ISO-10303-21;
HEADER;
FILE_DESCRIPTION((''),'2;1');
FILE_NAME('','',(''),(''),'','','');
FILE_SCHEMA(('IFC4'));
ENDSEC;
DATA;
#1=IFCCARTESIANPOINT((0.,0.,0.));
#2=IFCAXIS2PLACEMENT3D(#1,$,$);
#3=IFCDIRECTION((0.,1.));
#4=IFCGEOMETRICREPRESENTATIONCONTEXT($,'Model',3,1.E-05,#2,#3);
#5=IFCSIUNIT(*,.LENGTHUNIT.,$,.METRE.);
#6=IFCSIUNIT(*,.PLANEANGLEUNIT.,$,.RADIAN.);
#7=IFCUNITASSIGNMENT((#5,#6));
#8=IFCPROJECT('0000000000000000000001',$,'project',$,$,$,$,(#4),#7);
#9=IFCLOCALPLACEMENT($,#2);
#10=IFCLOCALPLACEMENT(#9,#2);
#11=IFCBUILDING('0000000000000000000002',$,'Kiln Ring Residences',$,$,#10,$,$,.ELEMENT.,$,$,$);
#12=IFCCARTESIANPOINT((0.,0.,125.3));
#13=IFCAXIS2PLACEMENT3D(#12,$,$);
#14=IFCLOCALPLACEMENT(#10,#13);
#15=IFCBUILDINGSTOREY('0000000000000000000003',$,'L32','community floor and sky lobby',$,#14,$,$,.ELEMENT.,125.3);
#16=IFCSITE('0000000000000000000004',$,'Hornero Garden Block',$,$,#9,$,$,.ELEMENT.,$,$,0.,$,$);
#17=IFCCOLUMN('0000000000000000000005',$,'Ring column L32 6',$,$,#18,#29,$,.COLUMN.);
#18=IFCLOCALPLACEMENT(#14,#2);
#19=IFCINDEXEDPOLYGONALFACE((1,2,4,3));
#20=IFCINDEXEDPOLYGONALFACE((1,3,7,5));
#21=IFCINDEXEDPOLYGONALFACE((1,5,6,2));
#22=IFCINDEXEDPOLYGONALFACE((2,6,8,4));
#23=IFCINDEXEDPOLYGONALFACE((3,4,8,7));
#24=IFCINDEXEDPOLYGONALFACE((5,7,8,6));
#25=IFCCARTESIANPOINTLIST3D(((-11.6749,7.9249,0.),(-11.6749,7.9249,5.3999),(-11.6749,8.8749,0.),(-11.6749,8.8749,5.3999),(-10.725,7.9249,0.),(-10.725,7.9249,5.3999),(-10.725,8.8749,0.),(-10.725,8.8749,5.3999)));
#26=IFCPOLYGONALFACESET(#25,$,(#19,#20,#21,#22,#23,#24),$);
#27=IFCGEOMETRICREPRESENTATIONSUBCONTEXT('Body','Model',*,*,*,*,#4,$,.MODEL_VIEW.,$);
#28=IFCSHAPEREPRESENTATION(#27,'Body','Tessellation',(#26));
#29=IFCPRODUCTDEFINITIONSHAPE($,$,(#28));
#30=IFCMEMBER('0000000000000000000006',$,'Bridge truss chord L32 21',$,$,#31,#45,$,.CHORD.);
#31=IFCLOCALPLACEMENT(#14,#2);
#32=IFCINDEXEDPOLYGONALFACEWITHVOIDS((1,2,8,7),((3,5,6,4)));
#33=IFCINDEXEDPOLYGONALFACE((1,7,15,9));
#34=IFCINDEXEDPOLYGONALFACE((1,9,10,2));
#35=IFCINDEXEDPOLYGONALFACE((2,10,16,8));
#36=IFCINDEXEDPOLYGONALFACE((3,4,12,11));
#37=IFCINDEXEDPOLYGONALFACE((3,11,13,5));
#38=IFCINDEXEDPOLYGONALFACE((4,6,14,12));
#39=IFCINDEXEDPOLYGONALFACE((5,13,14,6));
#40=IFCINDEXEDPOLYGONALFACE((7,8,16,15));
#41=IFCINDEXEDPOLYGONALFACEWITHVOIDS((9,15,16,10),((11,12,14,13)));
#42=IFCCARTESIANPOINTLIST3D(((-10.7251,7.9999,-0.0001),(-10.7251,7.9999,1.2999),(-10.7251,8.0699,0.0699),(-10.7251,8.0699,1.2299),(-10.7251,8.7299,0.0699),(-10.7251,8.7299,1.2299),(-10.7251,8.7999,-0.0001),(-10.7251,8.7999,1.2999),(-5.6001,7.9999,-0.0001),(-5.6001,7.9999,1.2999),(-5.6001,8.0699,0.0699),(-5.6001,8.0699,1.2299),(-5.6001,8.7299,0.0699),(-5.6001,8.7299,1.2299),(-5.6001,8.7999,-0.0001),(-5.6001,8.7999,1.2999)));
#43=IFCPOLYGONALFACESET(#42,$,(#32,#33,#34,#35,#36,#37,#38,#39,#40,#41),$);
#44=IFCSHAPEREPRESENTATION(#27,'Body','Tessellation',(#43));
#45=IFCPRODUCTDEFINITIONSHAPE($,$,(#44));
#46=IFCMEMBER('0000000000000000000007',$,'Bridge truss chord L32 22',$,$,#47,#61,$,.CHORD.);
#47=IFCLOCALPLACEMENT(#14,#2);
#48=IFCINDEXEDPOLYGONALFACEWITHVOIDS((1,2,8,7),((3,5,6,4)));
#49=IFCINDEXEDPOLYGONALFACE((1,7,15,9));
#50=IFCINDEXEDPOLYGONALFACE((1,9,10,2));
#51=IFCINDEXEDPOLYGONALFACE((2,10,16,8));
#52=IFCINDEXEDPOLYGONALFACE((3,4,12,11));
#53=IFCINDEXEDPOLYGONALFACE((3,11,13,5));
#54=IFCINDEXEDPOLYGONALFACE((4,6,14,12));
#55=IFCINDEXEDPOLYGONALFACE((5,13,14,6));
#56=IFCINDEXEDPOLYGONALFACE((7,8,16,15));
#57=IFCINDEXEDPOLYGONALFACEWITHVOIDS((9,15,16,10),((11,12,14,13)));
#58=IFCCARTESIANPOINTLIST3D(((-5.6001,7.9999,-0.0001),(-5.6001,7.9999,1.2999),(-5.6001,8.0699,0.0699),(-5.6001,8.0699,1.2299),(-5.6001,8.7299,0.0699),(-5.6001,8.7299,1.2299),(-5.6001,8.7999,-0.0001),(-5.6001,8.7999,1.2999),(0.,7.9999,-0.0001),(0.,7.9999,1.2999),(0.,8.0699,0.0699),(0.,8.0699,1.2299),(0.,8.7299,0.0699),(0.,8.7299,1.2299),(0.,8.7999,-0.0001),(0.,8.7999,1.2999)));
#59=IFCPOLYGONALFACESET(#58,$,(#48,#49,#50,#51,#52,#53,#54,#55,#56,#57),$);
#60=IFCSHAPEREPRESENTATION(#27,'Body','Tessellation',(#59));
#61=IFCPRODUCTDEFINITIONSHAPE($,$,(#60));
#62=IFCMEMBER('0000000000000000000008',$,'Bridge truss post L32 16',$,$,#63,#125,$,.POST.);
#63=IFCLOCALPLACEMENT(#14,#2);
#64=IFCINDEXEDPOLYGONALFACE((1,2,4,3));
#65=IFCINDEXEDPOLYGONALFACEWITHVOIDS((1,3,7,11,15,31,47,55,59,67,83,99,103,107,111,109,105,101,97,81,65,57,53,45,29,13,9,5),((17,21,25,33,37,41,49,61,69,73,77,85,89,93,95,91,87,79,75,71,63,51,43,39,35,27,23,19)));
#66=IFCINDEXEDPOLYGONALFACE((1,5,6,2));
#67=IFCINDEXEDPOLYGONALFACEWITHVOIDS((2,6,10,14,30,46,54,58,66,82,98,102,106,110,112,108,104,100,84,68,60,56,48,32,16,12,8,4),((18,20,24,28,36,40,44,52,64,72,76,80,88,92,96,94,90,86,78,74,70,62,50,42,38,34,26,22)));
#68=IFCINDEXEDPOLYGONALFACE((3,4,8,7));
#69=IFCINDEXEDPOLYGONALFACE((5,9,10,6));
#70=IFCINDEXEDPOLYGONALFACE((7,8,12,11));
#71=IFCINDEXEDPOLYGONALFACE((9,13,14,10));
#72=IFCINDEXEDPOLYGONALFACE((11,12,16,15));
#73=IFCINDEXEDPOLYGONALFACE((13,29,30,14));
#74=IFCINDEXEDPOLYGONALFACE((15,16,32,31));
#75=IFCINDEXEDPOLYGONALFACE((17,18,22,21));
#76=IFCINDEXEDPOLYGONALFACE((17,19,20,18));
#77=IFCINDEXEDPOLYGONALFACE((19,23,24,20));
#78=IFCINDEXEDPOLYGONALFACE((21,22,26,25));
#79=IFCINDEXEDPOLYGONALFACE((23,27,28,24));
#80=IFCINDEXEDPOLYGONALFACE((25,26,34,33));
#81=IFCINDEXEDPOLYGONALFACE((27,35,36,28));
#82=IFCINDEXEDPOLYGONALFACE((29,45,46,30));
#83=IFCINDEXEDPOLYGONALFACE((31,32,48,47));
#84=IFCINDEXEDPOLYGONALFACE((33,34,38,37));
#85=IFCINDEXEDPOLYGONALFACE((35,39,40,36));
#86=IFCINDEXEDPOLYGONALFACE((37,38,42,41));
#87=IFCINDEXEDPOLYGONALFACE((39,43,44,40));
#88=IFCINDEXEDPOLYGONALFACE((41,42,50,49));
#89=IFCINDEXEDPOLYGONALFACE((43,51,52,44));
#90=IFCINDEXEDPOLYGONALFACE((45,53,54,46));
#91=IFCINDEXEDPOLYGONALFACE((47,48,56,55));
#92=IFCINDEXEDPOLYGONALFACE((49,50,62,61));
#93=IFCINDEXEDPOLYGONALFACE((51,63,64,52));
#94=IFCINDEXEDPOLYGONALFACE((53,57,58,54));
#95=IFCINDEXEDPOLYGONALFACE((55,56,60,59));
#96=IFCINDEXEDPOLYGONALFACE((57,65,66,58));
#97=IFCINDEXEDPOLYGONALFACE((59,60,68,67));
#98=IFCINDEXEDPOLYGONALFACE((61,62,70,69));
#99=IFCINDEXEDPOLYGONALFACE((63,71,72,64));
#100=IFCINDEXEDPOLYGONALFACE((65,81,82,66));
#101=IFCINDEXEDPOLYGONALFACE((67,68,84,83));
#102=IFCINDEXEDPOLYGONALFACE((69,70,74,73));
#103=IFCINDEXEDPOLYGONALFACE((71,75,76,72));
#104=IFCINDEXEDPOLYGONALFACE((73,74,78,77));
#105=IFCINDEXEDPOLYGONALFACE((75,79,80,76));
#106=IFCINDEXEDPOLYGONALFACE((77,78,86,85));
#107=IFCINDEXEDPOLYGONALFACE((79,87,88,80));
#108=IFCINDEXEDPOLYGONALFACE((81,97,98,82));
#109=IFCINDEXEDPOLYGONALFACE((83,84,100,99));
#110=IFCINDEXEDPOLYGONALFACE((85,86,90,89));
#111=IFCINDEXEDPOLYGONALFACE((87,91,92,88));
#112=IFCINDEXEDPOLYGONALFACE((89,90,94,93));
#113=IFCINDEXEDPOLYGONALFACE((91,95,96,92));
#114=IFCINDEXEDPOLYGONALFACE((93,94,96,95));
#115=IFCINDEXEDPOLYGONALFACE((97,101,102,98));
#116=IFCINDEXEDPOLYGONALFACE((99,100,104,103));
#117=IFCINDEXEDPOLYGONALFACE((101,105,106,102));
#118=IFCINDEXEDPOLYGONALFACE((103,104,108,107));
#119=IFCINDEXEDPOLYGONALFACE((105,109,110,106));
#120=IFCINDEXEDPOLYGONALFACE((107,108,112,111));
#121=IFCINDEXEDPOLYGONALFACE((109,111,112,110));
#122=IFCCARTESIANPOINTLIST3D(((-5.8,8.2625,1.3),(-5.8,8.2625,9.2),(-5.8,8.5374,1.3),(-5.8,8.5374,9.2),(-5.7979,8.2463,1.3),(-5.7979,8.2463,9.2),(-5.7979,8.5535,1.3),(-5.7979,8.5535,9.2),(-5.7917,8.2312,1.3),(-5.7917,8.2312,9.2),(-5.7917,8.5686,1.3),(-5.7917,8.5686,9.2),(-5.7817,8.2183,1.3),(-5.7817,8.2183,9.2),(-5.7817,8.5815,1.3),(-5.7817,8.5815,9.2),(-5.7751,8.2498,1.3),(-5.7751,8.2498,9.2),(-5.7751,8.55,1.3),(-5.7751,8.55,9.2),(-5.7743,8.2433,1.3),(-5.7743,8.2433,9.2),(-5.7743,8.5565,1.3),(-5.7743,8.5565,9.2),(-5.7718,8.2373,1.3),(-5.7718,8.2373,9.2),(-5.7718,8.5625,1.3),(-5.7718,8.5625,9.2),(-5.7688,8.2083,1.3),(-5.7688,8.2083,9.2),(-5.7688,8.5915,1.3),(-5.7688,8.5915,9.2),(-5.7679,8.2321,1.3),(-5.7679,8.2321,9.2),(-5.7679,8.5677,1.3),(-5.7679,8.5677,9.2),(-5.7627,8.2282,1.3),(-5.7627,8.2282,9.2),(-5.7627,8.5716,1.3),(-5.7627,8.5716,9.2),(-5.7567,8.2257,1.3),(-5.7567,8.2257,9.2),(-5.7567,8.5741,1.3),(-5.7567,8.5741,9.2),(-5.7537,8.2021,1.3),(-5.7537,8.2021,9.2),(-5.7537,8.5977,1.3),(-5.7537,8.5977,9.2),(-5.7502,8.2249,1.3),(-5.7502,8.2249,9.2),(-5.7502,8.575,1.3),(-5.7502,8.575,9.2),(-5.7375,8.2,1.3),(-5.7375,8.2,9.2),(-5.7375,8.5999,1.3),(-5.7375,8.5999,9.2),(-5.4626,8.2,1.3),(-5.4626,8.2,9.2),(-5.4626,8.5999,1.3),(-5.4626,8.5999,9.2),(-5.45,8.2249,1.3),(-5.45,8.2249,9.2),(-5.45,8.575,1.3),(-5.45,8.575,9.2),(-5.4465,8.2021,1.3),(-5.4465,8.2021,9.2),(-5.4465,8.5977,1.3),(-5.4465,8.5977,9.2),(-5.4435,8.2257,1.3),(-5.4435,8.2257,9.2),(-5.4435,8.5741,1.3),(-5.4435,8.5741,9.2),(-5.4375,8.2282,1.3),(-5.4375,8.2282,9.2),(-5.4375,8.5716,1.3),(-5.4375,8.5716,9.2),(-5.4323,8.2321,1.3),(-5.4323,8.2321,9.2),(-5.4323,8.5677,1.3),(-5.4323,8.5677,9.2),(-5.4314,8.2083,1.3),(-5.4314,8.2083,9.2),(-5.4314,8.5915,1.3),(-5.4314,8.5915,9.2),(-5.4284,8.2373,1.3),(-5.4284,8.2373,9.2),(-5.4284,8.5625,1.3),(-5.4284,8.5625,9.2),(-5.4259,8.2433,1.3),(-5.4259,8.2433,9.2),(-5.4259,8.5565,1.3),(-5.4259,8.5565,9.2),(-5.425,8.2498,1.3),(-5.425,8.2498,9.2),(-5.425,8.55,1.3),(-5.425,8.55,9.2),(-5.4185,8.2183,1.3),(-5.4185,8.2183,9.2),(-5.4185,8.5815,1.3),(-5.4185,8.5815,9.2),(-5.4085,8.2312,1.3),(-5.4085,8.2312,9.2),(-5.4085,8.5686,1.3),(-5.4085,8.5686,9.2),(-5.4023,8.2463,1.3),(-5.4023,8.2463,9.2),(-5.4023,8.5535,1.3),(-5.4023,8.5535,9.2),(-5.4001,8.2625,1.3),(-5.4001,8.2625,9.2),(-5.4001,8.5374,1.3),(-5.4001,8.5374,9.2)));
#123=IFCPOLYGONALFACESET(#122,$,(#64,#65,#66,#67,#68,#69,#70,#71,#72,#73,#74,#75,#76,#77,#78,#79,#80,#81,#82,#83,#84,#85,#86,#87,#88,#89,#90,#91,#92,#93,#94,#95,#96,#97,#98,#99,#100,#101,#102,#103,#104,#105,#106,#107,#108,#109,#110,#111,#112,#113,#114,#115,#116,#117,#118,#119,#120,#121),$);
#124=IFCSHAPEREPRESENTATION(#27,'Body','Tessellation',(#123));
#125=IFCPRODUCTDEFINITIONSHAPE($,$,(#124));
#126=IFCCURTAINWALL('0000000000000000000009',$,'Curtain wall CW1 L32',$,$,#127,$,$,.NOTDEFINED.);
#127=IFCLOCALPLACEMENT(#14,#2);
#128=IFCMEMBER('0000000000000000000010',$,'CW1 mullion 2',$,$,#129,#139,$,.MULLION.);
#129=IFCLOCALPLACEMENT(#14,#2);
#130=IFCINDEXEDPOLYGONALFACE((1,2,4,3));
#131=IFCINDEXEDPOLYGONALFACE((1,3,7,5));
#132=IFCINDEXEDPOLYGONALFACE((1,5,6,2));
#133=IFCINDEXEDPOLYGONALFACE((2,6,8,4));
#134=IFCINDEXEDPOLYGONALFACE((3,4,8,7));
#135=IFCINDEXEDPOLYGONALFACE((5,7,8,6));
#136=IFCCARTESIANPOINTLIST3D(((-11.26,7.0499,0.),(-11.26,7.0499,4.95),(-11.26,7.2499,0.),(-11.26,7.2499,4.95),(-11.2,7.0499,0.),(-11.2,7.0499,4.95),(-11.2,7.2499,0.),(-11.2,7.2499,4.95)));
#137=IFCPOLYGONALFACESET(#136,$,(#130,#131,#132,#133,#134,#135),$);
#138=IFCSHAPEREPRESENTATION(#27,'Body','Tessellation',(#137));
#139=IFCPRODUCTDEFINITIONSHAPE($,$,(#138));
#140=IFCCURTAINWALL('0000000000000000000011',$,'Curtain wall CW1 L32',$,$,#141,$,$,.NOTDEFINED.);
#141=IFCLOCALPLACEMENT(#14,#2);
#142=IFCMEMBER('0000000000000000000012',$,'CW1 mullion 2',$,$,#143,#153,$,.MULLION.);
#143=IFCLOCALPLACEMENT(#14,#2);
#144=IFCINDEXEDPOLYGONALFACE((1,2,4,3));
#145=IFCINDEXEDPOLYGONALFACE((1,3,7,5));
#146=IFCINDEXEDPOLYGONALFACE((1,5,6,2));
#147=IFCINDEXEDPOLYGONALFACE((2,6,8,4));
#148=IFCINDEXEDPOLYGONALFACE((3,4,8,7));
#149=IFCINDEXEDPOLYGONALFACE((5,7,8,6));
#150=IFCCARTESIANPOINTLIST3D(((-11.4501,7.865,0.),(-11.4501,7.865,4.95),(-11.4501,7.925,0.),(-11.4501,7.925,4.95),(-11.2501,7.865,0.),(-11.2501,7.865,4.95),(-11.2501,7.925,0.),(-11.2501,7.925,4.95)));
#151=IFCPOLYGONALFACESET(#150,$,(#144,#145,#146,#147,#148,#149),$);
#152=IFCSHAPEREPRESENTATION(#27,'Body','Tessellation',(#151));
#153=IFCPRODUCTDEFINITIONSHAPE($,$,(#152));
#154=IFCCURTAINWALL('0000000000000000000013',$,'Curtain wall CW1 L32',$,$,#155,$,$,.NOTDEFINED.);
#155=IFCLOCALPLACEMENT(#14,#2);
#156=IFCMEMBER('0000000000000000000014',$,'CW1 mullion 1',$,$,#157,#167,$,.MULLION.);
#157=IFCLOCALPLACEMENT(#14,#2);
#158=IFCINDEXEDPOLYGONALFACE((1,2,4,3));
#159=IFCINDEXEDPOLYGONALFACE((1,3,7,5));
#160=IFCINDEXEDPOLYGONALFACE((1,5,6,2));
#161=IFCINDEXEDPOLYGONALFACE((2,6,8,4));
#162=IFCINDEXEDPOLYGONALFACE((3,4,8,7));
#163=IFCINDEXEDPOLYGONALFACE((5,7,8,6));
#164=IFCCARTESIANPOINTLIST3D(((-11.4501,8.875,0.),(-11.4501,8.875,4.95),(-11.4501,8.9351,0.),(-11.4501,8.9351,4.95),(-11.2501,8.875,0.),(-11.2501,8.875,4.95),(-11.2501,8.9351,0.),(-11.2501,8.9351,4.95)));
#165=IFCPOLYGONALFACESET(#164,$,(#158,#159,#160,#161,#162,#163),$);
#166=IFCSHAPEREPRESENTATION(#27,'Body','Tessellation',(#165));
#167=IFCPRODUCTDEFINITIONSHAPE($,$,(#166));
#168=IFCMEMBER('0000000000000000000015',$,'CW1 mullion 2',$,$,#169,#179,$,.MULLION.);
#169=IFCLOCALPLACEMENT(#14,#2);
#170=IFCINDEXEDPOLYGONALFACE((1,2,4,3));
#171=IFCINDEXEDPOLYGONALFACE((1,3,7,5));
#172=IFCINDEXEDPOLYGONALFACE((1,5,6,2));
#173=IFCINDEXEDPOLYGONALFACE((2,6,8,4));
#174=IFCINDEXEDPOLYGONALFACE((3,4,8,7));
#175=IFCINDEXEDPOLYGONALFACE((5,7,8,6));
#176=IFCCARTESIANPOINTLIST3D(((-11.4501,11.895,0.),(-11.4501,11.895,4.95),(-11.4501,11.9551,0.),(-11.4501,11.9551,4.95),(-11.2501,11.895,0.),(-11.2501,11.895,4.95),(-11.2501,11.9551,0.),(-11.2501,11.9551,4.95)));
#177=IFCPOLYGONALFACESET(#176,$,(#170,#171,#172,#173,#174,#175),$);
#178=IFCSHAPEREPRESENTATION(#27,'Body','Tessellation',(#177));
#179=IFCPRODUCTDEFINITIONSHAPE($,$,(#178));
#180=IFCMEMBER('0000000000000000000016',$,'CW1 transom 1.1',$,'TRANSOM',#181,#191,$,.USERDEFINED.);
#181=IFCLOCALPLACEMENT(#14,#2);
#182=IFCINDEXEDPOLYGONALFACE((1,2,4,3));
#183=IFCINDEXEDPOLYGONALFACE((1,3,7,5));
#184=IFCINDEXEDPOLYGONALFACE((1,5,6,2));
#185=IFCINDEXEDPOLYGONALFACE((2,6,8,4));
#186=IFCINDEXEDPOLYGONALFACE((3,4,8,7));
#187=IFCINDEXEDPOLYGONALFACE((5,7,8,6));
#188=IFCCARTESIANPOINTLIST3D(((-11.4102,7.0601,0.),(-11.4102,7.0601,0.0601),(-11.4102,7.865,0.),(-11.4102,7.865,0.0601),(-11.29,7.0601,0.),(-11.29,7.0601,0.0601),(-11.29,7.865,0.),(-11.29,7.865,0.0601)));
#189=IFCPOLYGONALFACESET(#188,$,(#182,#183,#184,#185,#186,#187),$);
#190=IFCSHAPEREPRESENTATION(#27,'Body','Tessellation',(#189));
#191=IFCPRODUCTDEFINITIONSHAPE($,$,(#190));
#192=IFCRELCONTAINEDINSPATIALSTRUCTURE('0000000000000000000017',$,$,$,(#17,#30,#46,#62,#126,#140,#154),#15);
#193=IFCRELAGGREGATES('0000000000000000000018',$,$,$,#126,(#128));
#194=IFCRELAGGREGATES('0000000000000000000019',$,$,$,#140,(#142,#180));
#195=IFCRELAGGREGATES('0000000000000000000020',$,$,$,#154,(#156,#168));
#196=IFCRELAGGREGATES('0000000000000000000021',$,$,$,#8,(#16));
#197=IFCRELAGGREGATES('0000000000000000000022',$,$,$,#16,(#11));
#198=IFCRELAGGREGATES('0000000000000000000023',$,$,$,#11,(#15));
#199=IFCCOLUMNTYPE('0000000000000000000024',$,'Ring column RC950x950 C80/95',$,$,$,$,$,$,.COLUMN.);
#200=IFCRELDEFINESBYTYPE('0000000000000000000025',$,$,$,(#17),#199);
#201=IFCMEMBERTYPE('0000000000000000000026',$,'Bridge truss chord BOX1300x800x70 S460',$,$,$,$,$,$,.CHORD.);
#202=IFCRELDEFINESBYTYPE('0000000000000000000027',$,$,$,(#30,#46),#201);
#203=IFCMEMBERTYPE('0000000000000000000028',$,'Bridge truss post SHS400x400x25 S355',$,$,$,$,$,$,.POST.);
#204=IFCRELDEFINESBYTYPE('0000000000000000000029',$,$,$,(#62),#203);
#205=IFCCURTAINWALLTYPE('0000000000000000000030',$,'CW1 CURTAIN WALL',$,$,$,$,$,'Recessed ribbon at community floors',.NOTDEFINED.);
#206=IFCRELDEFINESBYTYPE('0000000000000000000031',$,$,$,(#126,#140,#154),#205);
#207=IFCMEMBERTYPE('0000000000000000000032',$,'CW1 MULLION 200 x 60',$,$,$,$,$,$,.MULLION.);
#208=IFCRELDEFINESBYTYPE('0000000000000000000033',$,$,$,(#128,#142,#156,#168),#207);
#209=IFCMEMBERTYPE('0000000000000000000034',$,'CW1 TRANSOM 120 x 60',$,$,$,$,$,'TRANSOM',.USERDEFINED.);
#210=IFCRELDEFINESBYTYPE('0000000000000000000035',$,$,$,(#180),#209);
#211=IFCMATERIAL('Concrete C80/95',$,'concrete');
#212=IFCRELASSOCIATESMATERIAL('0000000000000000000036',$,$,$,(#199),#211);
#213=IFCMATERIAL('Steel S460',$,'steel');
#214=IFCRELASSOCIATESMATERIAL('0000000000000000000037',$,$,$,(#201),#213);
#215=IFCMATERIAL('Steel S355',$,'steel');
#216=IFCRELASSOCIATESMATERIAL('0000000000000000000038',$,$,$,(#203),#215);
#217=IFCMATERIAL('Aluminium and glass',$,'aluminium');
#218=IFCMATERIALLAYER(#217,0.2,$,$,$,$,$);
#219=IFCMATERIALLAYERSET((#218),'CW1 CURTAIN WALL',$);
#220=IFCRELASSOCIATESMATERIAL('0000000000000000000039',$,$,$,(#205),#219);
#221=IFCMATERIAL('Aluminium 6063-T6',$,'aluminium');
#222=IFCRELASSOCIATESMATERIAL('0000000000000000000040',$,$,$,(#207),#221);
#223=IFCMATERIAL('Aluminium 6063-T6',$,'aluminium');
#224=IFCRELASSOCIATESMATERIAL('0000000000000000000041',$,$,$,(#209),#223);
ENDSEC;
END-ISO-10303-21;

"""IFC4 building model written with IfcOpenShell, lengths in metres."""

from ifc_helpers import new_model, si_unit, direction, frame, origin, origin_2d, place, context, subcontext, project, spatial, rectangle, hollow_rectangle, extrude, material, layer, layer_set, material_profile, profile_set, type_object, element, aggregate, save


model = new_model("IFC4")

# Units and contexts
model_context = context("Model", 3, precision=1e-05, world=origin(), true_north=direction((0.0, 1.0)))
body_context = subcontext(model_context, "Body", "Model", "MODEL_VIEW")
ifc_project = project(units=[si_unit("LENGTHUNIT", "METRE"), si_unit("PLANEANGLEUNIT", "RADIAN")], contexts=[model_context])

# Site, building, storey
site_placement = place(None, origin())
site = spatial("IfcSite", under=ifc_project, at=site_placement, Name="Hornero Garden Block", CompositionType="ELEMENT", RefElevation=0.0)
building_placement = place(site_placement, origin())
building = spatial("IfcBuilding", under=site, at=building_placement, Name="Kiln Ring Residences", CompositionType="ELEMENT")
storey_placement = place(building_placement, frame((0.0, 0.0, 125.3)))
storey = spatial("IfcBuildingStorey", under=building, at=storey_placement, Name="L32", Description="community floor and sky lobby", CompositionType="ELEMENT", Elevation=125.3)

# Column
ifc_material_1 = material(Name="Concrete C80/95", Category="concrete")
ifc_material_profile_1 = material_profile(ifc_material_1, rectangle(XDim=0.95, YDim=0.95, at=origin_2d()), Name="RC950x950")
ifc_profile_set_1 = profile_set([ifc_material_profile_1], Name="Concrete C80/95")
column_type = type_object("IfcColumnType", Name="Ring column RC950x950 C80/95", PredefinedType="COLUMN", material=ifc_profile_set_1)
column_placement = place(storey_placement, frame((-11.2, 8.3999, 0.0), z_axis=(0.0, 0.0, 1.0), x_axis=(1.0, 0.0, 0.0)))
element("IfcColumn", 1, at=column_placement, inside=storey, type_object=column_type, Name="Ring column L32 6", PredefinedType="COLUMN", context=body_context, shape_type="SweptSolid", body=[
    extrude(rectangle(XDim=0.95, YDim=0.95, at=origin_2d()), origin(), (0.0, 0.0, 1.0), 5.3999),
])

# Members
ifc_material_2 = material(Name="Steel S460", Category="steel")
ifc_material_profile_2 = material_profile(ifc_material_2, hollow_rectangle(XDim=0.8, YDim=1.3, WallThickness=0.0701, at=origin_2d()), Name="BOX1300x800x70")
ifc_profile_set_2 = profile_set([ifc_material_profile_2], Name="Steel S460")
member_type_1 = type_object("IfcMemberType", Name="Bridge truss chord BOX1300x800x70 S460", PredefinedType="CHORD", material=ifc_profile_set_2)
member_1_placement = place(storey_placement, frame((-10.7251, 8.3999, 0.6499), z_axis=(1.0, 0.0, 0.0), x_axis=(0.0, 1.0, 0.0)))
element("IfcMember", 2, at=member_1_placement, inside=storey, type_object=member_type_1, Name="Bridge truss chord L32 21", PredefinedType="CHORD", context=body_context, shape_type="SweptSolid", body=[
    extrude(hollow_rectangle(XDim=0.8, YDim=1.3, WallThickness=0.0701, at=origin_2d()), origin(), (0.0, 0.0, 1.0), 5.125),
])
member_2_placement = place(storey_placement, frame((-5.6001, 8.3999, 0.6499), z_axis=(1.0, 0.0, 0.0), x_axis=(0.0, 1.0, 0.0)))
element("IfcMember", 3, at=member_2_placement, inside=storey, type_object=member_type_1, Name="Bridge truss chord L32 22", PredefinedType="CHORD", context=body_context, shape_type="SweptSolid", body=[
    extrude(hollow_rectangle(XDim=0.8, YDim=1.3, WallThickness=0.0701, at=origin_2d()), origin(), (0.0, 0.0, 1.0), 5.6001),
])
ifc_material_3 = material(Name="Steel S355", Category="steel")
ifc_material_profile_3 = material_profile(ifc_material_3, hollow_rectangle(XDim=0.3999, YDim=0.3999, WallThickness=0.0249, InnerFilletRadius=0.0249, OuterFilletRadius=0.0625, at=origin_2d()), Name="SHS400x400x25")
ifc_profile_set_3 = profile_set([ifc_material_profile_3], Name="Steel S355")
member_type_2 = type_object("IfcMemberType", Name="Bridge truss post SHS400x400x25 S355", PredefinedType="POST", material=ifc_profile_set_3)
member_3_placement = place(storey_placement, frame((-5.6001, 8.3999, 1.3), z_axis=(0.0, 0.0, 1.0), x_axis=(1.0, 0.0, 0.0)))
element("IfcMember", 4, at=member_3_placement, inside=storey, type_object=member_type_2, Name="Bridge truss post L32 16", PredefinedType="POST", context=body_context, shape_type="SweptSolid", body=[
    extrude(hollow_rectangle(XDim=0.3999, YDim=0.3999, WallThickness=0.0249, InnerFilletRadius=0.0249, OuterFilletRadius=0.0625, at=origin_2d()), origin(), (0.0, 0.0, 1.0), 7.8999),
])

# Curtain walls, members
ifc_material_4 = material(Name="Aluminium and glass", Category="aluminium")
ifc_layer_1 = layer(ifc_material_4, 0.2)
ifc_layer_set_1 = layer_set([ifc_layer_1], Name="CW1 CURTAIN WALL")
curtain_wall_type = type_object("IfcCurtainWallType", Name="CW1 CURTAIN WALL", ElementType="Recessed ribbon at community floors", PredefinedType="NOTDEFINED", material=ifc_layer_set_1)
placement_1 = place(storey_placement, origin())
curtain_wall_1 = element("IfcCurtainWall", 5, at=placement_1, inside=storey, type_object=curtain_wall_type, Name="Curtain wall CW1 L32", PredefinedType="NOTDEFINED")
ifc_material_5 = material(Name="Aluminium 6063-T6", Category="aluminium")
ifc_material_profile_4 = material_profile(ifc_material_5, rectangle(XDim=0.2, YDim=0.0601, at=origin_2d()), Name="AL 200x60")
ifc_profile_set_4 = profile_set([ifc_material_profile_4], Name="Aluminium 6063-T6")
member_type_3 = type_object("IfcMemberType", Name="CW1 MULLION 200 x 60", PredefinedType="MULLION", material=ifc_profile_set_4)
member_4_placement = place(storey_placement, frame((-11.23, 7.1499, 0.0), z_axis=(0.0, 0.0, 1.0), x_axis=(0.0, 1.0, 0.0)))
member_4 = element("IfcMember", 6, at=member_4_placement, type_object=member_type_3, Name="CW1 mullion 2", PredefinedType="MULLION", context=body_context, shape_type="SweptSolid", body=[
    extrude(rectangle(XDim=0.2, YDim=0.0601, at=origin_2d()), origin(), (0.0, 0.0, 1.0), 4.95),
])
aggregate(curtain_wall_1, [member_4])
curtain_wall_2 = element("IfcCurtainWall", 7, at=placement_1, inside=storey, type_object=curtain_wall_type, Name="Curtain wall CW1 L32", PredefinedType="NOTDEFINED")
member_5_placement = place(storey_placement, frame((-11.3501, 7.895, 0.0), z_axis=(0.0, 0.0, 1.0), x_axis=(-1.0, 0.0, 0.0)))
member_5 = element("IfcMember", 8, at=member_5_placement, type_object=member_type_3, Name="CW1 mullion 2", PredefinedType="MULLION", context=body_context, shape_type="SweptSolid", body=[
    extrude(rectangle(XDim=0.2, YDim=0.0601, at=origin_2d()), origin(), (0.0, 0.0, 1.0), 4.95),
])

# Curtain wall, members
curtain_wall_3 = element("IfcCurtainWall", 9, at=placement_1, inside=storey, type_object=curtain_wall_type, Name="Curtain wall CW1 L32", PredefinedType="NOTDEFINED")
member_6_placement = place(storey_placement, frame((-11.3501, 8.905, 0.0), z_axis=(0.0, 0.0, 1.0), x_axis=(-1.0, 0.0, 0.0)))
member_6 = element("IfcMember", 10, at=member_6_placement, type_object=member_type_3, Name="CW1 mullion 1", PredefinedType="MULLION", context=body_context, shape_type="SweptSolid", body=[
    extrude(rectangle(XDim=0.2, YDim=0.0601, at=origin_2d()), origin(), (0.0, 0.0, 1.0), 4.95),
])
member_7_placement = place(storey_placement, frame((-11.3501, 11.925, 0.0), z_axis=(0.0, 0.0, 1.0), x_axis=(-1.0, 0.0, 0.0)))
member_7 = element("IfcMember", 11, at=member_7_placement, type_object=member_type_3, Name="CW1 mullion 2", PredefinedType="MULLION", context=body_context, shape_type="SweptSolid", body=[
    extrude(rectangle(XDim=0.2, YDim=0.0601, at=origin_2d()), origin(), (0.0, 0.0, 1.0), 4.95),
])

# Member
ifc_material_6 = material(Name="Aluminium 6063-T6", Category="aluminium")
ifc_material_profile_5 = material_profile(ifc_material_6, rectangle(XDim=0.1201, YDim=0.0601, at=origin_2d()), Name="AL 120x60")
ifc_profile_set_5 = profile_set([ifc_material_profile_5], Name="Aluminium 6063-T6")
member_type_4 = type_object("IfcMemberType", Name="CW1 TRANSOM 120 x 60", ElementType="TRANSOM", PredefinedType="USERDEFINED", material=ifc_profile_set_5)
member_8_placement = place(storey_placement, frame((-11.3501, 7.0601, 0.03), z_axis=(0.0, 1.0, 0.0), x_axis=(-1.0, 0.0, 0.0)))
member_8 = element("IfcMember", 12, at=member_8_placement, type_object=member_type_4, Name="CW1 transom 1.1", ObjectType="TRANSOM", PredefinedType="USERDEFINED", context=body_context, shape_type="SweptSolid", body=[
    extrude(rectangle(XDim=0.1201, YDim=0.0601, at=origin_2d()), origin(), (0.0, 0.0, 1.0), 0.8049),
])

aggregate(curtain_wall_2, [member_5, member_8])
aggregate(curtain_wall_3, [member_6, member_7])

save(model, "model.ifc")
